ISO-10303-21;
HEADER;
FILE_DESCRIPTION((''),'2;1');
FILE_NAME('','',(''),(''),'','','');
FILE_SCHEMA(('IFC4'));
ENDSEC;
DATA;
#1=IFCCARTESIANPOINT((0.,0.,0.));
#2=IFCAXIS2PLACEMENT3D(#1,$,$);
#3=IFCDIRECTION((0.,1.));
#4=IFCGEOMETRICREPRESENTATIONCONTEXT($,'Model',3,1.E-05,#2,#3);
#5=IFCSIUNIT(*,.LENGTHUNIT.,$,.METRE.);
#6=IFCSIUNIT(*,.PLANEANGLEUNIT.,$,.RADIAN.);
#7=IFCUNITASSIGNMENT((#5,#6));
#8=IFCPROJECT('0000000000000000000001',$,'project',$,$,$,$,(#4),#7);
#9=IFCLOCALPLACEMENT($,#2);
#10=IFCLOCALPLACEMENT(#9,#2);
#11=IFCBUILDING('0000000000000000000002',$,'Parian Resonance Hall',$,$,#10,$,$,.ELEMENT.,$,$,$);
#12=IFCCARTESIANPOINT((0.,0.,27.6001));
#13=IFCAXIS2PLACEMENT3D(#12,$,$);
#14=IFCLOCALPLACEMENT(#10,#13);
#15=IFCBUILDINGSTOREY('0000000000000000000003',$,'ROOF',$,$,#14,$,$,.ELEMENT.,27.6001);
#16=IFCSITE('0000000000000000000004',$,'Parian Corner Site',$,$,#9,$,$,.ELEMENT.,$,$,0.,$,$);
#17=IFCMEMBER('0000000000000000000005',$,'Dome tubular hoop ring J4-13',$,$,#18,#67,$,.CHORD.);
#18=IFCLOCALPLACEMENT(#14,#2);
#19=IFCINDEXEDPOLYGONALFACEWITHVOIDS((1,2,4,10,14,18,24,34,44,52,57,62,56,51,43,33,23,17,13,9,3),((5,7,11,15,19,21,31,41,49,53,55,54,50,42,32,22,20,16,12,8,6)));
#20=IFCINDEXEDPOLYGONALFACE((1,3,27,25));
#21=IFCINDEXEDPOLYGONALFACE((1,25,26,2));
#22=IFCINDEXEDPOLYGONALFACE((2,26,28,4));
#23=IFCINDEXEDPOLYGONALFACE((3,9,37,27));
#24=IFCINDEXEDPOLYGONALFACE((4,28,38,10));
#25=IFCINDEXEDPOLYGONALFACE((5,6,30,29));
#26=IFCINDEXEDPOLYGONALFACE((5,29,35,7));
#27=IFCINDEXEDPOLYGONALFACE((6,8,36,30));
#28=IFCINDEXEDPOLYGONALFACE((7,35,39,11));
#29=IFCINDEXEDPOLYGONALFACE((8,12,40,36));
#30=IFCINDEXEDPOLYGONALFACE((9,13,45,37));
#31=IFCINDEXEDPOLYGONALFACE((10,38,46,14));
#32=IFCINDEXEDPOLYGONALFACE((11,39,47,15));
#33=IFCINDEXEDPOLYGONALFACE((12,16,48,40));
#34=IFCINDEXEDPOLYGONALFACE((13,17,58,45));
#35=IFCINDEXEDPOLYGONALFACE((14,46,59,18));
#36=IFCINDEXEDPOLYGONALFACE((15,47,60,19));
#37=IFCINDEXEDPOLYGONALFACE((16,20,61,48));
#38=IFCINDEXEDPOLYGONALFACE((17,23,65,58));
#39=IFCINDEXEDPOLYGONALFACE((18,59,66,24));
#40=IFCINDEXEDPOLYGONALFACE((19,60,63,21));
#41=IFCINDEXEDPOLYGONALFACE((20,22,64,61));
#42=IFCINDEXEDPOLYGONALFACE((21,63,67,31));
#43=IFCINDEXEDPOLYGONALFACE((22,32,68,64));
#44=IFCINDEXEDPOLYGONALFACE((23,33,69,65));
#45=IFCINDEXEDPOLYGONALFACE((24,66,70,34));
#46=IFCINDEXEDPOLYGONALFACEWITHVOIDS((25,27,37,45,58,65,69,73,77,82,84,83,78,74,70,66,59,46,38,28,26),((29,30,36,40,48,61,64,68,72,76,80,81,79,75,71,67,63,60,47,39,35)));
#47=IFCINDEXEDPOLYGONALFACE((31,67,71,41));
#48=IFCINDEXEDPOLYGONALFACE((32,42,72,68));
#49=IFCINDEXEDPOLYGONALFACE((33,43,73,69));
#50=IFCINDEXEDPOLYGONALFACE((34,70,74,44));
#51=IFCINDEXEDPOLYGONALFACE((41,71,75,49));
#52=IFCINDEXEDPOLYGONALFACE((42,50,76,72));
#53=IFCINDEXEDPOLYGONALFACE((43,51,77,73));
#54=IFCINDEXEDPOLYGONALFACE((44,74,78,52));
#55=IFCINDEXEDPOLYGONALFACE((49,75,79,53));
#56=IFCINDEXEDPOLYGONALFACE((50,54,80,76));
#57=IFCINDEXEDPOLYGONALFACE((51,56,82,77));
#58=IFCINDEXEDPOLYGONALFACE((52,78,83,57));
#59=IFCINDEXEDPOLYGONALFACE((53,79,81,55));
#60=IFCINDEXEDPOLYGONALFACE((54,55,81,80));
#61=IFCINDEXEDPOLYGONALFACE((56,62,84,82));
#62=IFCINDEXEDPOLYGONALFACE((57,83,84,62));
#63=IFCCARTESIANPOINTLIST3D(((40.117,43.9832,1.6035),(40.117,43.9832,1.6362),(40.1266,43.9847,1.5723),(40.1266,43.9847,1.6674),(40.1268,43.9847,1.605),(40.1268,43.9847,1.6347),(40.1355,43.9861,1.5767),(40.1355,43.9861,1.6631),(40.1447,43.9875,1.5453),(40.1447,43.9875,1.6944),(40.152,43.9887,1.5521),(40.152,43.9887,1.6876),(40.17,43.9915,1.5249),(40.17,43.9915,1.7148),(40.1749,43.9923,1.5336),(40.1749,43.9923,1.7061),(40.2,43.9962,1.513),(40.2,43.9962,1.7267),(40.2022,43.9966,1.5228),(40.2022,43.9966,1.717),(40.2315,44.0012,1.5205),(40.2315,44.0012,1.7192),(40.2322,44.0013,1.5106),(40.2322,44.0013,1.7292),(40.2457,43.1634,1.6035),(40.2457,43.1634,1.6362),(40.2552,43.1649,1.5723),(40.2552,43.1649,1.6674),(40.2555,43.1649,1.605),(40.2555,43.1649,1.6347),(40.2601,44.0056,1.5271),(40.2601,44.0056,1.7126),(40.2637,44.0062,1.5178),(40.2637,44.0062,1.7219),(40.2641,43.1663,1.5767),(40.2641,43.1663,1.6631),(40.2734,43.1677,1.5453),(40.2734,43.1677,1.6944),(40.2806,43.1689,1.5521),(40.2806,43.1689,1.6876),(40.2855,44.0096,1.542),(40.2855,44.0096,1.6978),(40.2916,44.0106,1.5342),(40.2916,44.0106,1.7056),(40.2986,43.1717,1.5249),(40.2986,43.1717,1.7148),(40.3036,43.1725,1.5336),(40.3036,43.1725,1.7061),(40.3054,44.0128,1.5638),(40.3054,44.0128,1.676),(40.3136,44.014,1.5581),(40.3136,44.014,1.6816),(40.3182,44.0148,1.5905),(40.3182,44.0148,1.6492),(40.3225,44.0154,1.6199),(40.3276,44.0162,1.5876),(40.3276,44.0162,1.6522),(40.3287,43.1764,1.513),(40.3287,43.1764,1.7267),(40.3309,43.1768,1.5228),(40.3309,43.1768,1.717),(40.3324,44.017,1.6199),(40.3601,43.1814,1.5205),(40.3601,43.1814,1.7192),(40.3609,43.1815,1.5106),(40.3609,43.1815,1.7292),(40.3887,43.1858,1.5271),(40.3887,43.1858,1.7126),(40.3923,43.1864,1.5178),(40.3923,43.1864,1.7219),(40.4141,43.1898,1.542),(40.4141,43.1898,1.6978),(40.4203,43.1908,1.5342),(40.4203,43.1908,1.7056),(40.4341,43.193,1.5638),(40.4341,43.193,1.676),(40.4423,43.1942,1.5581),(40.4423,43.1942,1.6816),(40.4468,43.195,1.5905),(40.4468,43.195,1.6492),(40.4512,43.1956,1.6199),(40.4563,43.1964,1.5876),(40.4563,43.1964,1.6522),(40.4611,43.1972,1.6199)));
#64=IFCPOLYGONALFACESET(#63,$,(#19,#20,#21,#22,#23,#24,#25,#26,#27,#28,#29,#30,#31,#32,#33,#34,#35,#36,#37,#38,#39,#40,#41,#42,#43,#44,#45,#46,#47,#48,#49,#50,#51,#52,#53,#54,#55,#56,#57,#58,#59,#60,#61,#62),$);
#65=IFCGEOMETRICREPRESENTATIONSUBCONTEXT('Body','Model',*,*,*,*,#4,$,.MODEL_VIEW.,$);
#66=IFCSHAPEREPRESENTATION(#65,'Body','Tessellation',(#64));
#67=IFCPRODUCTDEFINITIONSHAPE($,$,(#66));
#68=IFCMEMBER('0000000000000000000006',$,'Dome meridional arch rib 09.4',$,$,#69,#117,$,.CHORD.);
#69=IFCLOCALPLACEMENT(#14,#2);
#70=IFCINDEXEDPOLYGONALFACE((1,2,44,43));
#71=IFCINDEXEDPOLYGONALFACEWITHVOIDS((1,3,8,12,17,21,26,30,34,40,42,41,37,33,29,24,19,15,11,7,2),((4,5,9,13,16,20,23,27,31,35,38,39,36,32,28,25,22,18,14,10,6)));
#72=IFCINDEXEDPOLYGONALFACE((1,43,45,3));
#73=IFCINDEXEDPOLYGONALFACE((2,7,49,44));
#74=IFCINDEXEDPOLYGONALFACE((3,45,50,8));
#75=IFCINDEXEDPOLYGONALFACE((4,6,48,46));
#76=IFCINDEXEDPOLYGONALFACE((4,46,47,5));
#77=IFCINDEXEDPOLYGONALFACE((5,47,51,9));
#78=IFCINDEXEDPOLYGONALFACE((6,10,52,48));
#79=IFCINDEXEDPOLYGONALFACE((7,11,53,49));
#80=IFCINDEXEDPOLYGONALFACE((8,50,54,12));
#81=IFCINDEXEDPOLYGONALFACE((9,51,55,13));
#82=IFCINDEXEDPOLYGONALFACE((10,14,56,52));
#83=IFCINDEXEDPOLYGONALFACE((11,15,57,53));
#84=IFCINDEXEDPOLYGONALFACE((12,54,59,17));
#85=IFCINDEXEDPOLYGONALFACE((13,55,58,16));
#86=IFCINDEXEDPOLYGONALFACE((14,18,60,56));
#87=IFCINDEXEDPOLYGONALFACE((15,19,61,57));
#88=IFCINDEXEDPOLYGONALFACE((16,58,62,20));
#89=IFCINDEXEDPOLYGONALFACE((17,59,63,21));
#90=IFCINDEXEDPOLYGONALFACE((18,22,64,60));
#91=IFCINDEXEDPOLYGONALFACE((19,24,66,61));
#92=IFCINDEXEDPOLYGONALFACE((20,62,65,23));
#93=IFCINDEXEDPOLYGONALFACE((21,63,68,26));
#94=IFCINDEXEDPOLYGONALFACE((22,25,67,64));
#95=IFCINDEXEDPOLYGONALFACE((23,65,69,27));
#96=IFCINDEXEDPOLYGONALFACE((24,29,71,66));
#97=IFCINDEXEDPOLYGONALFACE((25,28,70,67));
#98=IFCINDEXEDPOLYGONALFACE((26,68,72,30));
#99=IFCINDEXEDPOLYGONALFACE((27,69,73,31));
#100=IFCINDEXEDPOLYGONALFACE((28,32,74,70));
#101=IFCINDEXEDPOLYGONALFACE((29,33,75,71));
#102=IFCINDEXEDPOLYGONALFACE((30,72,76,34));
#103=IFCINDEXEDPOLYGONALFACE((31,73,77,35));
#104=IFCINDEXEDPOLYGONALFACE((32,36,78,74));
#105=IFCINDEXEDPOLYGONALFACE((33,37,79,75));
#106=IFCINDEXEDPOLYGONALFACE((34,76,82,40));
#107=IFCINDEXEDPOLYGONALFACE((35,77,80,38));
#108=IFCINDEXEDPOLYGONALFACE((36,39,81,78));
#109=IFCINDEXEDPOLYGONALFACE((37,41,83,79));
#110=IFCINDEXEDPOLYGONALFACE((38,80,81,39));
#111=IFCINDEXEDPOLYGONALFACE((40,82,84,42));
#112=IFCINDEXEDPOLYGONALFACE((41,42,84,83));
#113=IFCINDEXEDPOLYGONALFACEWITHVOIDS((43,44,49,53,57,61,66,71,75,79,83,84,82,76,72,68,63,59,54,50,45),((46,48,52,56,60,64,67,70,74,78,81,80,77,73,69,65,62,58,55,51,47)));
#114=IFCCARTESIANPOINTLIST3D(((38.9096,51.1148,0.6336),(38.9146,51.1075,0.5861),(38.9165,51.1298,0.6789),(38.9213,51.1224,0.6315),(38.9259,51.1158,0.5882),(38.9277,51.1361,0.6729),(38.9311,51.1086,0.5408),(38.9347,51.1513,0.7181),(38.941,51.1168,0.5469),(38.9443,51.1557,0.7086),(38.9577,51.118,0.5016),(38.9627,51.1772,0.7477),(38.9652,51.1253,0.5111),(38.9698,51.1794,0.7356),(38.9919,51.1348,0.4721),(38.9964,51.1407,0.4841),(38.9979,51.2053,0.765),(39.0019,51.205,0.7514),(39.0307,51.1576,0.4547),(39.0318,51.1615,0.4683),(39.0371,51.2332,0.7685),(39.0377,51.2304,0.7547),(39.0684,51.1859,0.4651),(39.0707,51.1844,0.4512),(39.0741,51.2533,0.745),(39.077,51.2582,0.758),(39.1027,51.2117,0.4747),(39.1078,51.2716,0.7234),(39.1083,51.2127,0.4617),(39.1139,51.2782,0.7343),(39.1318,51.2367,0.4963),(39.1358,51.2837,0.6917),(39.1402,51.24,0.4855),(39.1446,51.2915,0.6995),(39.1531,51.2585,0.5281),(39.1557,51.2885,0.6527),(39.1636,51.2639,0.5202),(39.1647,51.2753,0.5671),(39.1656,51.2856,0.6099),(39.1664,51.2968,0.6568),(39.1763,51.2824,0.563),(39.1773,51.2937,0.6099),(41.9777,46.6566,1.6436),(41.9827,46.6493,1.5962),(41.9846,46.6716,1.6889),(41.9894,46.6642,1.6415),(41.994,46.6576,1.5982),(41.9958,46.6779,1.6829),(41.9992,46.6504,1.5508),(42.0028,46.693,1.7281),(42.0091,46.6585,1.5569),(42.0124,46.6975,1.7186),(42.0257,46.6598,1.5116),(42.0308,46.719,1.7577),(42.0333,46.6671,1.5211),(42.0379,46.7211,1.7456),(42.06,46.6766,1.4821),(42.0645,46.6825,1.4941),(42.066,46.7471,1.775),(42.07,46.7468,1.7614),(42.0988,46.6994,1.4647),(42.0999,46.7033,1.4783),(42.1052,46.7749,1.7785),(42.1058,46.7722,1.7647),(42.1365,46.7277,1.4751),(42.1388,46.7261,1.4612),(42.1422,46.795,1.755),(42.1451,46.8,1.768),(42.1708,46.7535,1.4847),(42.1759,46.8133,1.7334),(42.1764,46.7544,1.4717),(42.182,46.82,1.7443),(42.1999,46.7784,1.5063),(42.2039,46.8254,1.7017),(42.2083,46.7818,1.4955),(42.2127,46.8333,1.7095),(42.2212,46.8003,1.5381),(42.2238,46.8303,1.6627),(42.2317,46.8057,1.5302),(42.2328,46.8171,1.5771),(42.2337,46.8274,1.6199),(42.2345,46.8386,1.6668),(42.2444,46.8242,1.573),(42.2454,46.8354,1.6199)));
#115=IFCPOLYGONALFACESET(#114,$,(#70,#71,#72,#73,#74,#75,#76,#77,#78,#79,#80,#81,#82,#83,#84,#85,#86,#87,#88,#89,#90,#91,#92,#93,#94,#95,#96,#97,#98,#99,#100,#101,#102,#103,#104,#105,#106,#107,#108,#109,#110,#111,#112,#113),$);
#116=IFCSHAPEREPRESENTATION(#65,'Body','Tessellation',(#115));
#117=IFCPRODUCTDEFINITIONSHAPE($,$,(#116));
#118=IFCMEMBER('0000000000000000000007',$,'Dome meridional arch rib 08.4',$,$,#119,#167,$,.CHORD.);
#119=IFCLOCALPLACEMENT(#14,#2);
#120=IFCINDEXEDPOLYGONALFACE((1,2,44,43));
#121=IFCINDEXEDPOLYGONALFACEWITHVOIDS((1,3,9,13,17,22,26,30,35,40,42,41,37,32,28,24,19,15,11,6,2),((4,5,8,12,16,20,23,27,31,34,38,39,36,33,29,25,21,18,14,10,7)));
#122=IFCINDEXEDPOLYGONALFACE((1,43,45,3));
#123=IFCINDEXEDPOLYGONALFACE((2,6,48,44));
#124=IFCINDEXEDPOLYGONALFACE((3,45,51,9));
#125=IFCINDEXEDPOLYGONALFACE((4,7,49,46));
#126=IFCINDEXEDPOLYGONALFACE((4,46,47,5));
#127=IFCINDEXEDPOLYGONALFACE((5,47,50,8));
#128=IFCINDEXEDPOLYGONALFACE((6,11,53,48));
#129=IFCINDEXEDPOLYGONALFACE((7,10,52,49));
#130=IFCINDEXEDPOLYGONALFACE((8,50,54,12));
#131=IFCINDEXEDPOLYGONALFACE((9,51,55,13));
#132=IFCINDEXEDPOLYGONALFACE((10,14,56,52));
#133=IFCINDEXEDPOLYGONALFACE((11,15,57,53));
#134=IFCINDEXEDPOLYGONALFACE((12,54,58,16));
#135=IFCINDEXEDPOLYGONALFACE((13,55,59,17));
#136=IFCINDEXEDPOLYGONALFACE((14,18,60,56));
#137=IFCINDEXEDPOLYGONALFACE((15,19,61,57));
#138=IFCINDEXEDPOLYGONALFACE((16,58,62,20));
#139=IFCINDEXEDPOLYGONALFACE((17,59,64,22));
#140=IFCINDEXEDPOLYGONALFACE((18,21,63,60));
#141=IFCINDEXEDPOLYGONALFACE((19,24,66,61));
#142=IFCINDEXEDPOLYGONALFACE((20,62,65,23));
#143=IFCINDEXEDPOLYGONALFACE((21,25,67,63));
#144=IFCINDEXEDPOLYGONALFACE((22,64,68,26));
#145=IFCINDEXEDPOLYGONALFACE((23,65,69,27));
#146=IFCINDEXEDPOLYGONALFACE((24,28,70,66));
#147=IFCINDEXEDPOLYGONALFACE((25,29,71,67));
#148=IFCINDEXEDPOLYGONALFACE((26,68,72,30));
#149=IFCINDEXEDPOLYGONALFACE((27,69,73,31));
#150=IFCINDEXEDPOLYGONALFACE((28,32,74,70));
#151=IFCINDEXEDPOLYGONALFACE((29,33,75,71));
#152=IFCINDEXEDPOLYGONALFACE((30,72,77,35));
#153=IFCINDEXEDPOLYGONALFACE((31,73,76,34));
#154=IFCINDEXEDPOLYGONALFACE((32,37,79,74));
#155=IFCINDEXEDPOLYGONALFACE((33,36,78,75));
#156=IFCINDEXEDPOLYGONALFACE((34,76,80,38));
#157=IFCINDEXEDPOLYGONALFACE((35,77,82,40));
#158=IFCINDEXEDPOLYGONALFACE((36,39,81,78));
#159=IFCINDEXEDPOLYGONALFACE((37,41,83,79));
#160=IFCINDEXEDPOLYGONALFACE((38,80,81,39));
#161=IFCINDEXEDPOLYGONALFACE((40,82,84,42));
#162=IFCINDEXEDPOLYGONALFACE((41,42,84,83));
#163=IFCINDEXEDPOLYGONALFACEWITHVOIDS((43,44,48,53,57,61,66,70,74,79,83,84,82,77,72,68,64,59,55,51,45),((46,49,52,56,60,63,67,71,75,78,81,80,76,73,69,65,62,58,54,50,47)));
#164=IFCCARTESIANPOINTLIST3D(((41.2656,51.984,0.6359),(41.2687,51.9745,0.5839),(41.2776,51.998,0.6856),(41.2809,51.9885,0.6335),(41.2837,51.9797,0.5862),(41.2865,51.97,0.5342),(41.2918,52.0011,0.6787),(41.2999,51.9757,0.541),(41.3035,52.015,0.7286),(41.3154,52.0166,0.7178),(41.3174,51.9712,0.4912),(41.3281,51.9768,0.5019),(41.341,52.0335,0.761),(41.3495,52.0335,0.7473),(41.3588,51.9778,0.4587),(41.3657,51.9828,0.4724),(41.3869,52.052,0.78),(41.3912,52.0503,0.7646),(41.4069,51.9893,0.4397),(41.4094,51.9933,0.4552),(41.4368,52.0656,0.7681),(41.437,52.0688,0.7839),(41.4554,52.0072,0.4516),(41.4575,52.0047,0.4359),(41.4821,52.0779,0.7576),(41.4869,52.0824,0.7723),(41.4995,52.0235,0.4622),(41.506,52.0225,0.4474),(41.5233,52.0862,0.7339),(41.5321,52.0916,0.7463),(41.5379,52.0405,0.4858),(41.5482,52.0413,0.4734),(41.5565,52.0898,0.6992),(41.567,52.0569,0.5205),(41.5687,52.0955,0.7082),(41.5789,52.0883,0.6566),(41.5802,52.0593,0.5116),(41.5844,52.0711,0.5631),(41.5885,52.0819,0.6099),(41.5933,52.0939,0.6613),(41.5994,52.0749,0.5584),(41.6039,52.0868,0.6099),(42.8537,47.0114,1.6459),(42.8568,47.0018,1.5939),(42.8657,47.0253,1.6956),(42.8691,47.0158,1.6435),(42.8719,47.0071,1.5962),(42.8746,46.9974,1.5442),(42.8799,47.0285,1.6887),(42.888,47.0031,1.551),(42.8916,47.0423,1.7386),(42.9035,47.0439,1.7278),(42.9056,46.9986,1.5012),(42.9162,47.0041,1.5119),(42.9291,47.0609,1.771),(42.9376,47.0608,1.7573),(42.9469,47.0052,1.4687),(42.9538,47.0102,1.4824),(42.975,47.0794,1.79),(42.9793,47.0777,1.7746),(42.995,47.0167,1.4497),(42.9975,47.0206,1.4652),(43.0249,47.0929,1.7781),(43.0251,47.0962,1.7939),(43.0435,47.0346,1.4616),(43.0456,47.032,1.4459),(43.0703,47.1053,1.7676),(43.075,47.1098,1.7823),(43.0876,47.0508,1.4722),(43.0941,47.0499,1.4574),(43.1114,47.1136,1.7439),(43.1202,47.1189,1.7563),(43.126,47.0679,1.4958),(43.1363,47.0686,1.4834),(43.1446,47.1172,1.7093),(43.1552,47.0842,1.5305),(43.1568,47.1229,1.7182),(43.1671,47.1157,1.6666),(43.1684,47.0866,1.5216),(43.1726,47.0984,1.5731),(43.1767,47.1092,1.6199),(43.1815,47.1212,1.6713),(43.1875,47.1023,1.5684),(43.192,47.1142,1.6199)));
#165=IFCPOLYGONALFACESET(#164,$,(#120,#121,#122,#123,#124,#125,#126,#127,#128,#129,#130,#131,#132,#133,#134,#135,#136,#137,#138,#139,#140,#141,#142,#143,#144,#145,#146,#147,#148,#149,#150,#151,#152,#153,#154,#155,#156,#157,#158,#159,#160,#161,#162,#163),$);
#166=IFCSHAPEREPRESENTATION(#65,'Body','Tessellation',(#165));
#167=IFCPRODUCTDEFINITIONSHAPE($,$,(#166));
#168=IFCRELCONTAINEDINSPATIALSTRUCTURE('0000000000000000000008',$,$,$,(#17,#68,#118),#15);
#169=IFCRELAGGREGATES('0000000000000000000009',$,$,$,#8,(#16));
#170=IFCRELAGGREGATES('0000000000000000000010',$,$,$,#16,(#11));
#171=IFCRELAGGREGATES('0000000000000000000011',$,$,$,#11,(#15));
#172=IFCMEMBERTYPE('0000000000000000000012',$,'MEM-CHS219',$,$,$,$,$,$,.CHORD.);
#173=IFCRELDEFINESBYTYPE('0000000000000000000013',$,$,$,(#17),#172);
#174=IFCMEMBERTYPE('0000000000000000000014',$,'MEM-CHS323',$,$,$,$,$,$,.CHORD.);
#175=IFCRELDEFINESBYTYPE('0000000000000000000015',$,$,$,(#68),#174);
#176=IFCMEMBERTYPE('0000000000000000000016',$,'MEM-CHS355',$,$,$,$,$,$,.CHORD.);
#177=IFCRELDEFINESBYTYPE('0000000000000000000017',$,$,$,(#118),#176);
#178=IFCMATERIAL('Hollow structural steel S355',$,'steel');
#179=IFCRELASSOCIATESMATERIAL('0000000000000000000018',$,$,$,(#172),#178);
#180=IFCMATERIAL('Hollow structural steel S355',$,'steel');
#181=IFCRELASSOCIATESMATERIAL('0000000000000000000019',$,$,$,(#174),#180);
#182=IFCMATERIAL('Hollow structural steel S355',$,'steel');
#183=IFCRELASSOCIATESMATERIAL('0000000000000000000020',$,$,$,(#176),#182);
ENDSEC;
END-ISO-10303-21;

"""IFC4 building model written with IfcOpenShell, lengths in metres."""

from ifc_helpers import new_model, si_unit, direction, frame, origin, origin_2d, place, context, subcontext, project, spatial, hollow_circle, extrude, material, material_profile, profile_set, type_object, element, save


model = new_model("IFC4")

# Units and contexts
model_context = context("Model", 3, precision=1e-05, world=origin(), true_north=direction((0.0, 1.0)))
body_context = subcontext(model_context, "Body", "Model", "MODEL_VIEW")
ifc_project = project(units=[si_unit("LENGTHUNIT", "METRE"), si_unit("PLANEANGLEUNIT", "RADIAN")], contexts=[model_context])

# Site, building, storey
site_placement = place(None, origin())
site = spatial("IfcSite", under=ifc_project, at=site_placement, Name="Parian Corner Site", CompositionType="ELEMENT", RefElevation=0.0)
building_placement = place(site_placement, origin())
building = spatial("IfcBuilding", under=site, at=building_placement, Name="Parian Resonance Hall", CompositionType="ELEMENT")
storey_placement = place(building_placement, frame((0.0, 0.0, 27.6001)))
storey = spatial("IfcBuildingStorey", under=building, at=storey_placement, Name="ROOF", CompositionType="ELEMENT", Elevation=27.6001)

# Members
ifc_material_1 = material(Name="Hollow structural steel S355", Category="steel")
ifc_material_profile_1 = material_profile(ifc_material_1, hollow_circle(Radius=0.1096, WallThickness=0.01, at=origin_2d()), Name="CHS219.1x10")
ifc_profile_set_1 = profile_set([ifc_material_profile_1], Name="Hollow structural steel S355")
member_type_1 = type_object("IfcMemberType", Name="MEM-CHS219", PredefinedType="CHORD", material=ifc_profile_set_1)
for number, where, z_axis, x_axis, name in (
    (1, (40.2241, 44.0, 1.6199), (0.155041, -0.987908, 0.0), (0.987908, 0.155041, 0.0), "Dome tubular hoop ring J4-13"),
):
    element("IfcMember", number, at=place(storey_placement, frame(where, z_axis=z_axis, x_axis=x_axis)), inside=storey, type_object=member_type_1, Name=name, PredefinedType="CHORD", context=body_context, shape_type="SweptSolid", body=[
        extrude(hollow_circle(Radius=0.1096, WallThickness=0.01, at=origin_2d()), origin(), (0.0, 0.0, 1.0), 0.8298),
    ])
ifc_material_2 = material(Name="Hollow structural steel S355", Category="steel")
ifc_material_profile_2 = material_profile(ifc_material_2, hollow_circle(Radius=0.1619, WallThickness=0.0142, at=origin_2d()), Name="CHS323.9x14.2")
ifc_profile_set_2 = profile_set([ifc_material_profile_2], Name="Hollow structural steel S355")
member_type_2 = type_object("IfcMemberType", Name="MEM-CHS323", PredefinedType="CHORD", material=ifc_profile_set_2)
member_1_placement = place(storey_placement, frame((39.0439, 51.2019, 0.6099), z_axis=(0.557292, -0.809796, 0.183458), x_axis=(0.823777, 0.566914, 0.0)))
element("IfcMember", 2, at=member_1_placement, inside=storey, type_object=member_type_2, Name="Dome meridional arch rib 09.4", PredefinedType="CHORD", context=body_context, shape_type="SweptSolid", body=[
    extrude(hollow_circle(Radius=0.1619, WallThickness=0.0142, at=origin_2d()), origin(), (0.0, 0.0, 1.0), 5.5054),
])
ifc_material_3 = material(Name="Hollow structural steel S355", Category="steel")
ifc_material_profile_3 = material_profile(ifc_material_3, hollow_circle(Radius=0.1777, WallThickness=0.0161, at=origin_2d()), Name="CHS355.6x16")
ifc_profile_set_3 = profile_set([ifc_material_profile_3], Name="Hollow structural steel S355")
member_type_3 = type_object("IfcMemberType", Name="MEM-CHS355", PredefinedType="CHORD", material=ifc_profile_set_3)
member_2_placement = place(storey_placement, frame((41.4346, 52.0327, 0.6099), z_axis=(0.298695, -0.935252, 0.189962), x_axis=(0.952597, 0.304234, 0.0)))
element("IfcMember", 3, at=member_2_placement, inside=storey, type_object=member_type_3, Name="Dome meridional arch rib 08.4", PredefinedType="CHORD", context=body_context, shape_type="SweptSolid", body=[
    extrude(hollow_circle(Radius=0.1777, WallThickness=0.0161, at=origin_2d()), origin(), (0.0, 0.0, 1.0), 5.3169),
])

save(model, "model.ifc")
